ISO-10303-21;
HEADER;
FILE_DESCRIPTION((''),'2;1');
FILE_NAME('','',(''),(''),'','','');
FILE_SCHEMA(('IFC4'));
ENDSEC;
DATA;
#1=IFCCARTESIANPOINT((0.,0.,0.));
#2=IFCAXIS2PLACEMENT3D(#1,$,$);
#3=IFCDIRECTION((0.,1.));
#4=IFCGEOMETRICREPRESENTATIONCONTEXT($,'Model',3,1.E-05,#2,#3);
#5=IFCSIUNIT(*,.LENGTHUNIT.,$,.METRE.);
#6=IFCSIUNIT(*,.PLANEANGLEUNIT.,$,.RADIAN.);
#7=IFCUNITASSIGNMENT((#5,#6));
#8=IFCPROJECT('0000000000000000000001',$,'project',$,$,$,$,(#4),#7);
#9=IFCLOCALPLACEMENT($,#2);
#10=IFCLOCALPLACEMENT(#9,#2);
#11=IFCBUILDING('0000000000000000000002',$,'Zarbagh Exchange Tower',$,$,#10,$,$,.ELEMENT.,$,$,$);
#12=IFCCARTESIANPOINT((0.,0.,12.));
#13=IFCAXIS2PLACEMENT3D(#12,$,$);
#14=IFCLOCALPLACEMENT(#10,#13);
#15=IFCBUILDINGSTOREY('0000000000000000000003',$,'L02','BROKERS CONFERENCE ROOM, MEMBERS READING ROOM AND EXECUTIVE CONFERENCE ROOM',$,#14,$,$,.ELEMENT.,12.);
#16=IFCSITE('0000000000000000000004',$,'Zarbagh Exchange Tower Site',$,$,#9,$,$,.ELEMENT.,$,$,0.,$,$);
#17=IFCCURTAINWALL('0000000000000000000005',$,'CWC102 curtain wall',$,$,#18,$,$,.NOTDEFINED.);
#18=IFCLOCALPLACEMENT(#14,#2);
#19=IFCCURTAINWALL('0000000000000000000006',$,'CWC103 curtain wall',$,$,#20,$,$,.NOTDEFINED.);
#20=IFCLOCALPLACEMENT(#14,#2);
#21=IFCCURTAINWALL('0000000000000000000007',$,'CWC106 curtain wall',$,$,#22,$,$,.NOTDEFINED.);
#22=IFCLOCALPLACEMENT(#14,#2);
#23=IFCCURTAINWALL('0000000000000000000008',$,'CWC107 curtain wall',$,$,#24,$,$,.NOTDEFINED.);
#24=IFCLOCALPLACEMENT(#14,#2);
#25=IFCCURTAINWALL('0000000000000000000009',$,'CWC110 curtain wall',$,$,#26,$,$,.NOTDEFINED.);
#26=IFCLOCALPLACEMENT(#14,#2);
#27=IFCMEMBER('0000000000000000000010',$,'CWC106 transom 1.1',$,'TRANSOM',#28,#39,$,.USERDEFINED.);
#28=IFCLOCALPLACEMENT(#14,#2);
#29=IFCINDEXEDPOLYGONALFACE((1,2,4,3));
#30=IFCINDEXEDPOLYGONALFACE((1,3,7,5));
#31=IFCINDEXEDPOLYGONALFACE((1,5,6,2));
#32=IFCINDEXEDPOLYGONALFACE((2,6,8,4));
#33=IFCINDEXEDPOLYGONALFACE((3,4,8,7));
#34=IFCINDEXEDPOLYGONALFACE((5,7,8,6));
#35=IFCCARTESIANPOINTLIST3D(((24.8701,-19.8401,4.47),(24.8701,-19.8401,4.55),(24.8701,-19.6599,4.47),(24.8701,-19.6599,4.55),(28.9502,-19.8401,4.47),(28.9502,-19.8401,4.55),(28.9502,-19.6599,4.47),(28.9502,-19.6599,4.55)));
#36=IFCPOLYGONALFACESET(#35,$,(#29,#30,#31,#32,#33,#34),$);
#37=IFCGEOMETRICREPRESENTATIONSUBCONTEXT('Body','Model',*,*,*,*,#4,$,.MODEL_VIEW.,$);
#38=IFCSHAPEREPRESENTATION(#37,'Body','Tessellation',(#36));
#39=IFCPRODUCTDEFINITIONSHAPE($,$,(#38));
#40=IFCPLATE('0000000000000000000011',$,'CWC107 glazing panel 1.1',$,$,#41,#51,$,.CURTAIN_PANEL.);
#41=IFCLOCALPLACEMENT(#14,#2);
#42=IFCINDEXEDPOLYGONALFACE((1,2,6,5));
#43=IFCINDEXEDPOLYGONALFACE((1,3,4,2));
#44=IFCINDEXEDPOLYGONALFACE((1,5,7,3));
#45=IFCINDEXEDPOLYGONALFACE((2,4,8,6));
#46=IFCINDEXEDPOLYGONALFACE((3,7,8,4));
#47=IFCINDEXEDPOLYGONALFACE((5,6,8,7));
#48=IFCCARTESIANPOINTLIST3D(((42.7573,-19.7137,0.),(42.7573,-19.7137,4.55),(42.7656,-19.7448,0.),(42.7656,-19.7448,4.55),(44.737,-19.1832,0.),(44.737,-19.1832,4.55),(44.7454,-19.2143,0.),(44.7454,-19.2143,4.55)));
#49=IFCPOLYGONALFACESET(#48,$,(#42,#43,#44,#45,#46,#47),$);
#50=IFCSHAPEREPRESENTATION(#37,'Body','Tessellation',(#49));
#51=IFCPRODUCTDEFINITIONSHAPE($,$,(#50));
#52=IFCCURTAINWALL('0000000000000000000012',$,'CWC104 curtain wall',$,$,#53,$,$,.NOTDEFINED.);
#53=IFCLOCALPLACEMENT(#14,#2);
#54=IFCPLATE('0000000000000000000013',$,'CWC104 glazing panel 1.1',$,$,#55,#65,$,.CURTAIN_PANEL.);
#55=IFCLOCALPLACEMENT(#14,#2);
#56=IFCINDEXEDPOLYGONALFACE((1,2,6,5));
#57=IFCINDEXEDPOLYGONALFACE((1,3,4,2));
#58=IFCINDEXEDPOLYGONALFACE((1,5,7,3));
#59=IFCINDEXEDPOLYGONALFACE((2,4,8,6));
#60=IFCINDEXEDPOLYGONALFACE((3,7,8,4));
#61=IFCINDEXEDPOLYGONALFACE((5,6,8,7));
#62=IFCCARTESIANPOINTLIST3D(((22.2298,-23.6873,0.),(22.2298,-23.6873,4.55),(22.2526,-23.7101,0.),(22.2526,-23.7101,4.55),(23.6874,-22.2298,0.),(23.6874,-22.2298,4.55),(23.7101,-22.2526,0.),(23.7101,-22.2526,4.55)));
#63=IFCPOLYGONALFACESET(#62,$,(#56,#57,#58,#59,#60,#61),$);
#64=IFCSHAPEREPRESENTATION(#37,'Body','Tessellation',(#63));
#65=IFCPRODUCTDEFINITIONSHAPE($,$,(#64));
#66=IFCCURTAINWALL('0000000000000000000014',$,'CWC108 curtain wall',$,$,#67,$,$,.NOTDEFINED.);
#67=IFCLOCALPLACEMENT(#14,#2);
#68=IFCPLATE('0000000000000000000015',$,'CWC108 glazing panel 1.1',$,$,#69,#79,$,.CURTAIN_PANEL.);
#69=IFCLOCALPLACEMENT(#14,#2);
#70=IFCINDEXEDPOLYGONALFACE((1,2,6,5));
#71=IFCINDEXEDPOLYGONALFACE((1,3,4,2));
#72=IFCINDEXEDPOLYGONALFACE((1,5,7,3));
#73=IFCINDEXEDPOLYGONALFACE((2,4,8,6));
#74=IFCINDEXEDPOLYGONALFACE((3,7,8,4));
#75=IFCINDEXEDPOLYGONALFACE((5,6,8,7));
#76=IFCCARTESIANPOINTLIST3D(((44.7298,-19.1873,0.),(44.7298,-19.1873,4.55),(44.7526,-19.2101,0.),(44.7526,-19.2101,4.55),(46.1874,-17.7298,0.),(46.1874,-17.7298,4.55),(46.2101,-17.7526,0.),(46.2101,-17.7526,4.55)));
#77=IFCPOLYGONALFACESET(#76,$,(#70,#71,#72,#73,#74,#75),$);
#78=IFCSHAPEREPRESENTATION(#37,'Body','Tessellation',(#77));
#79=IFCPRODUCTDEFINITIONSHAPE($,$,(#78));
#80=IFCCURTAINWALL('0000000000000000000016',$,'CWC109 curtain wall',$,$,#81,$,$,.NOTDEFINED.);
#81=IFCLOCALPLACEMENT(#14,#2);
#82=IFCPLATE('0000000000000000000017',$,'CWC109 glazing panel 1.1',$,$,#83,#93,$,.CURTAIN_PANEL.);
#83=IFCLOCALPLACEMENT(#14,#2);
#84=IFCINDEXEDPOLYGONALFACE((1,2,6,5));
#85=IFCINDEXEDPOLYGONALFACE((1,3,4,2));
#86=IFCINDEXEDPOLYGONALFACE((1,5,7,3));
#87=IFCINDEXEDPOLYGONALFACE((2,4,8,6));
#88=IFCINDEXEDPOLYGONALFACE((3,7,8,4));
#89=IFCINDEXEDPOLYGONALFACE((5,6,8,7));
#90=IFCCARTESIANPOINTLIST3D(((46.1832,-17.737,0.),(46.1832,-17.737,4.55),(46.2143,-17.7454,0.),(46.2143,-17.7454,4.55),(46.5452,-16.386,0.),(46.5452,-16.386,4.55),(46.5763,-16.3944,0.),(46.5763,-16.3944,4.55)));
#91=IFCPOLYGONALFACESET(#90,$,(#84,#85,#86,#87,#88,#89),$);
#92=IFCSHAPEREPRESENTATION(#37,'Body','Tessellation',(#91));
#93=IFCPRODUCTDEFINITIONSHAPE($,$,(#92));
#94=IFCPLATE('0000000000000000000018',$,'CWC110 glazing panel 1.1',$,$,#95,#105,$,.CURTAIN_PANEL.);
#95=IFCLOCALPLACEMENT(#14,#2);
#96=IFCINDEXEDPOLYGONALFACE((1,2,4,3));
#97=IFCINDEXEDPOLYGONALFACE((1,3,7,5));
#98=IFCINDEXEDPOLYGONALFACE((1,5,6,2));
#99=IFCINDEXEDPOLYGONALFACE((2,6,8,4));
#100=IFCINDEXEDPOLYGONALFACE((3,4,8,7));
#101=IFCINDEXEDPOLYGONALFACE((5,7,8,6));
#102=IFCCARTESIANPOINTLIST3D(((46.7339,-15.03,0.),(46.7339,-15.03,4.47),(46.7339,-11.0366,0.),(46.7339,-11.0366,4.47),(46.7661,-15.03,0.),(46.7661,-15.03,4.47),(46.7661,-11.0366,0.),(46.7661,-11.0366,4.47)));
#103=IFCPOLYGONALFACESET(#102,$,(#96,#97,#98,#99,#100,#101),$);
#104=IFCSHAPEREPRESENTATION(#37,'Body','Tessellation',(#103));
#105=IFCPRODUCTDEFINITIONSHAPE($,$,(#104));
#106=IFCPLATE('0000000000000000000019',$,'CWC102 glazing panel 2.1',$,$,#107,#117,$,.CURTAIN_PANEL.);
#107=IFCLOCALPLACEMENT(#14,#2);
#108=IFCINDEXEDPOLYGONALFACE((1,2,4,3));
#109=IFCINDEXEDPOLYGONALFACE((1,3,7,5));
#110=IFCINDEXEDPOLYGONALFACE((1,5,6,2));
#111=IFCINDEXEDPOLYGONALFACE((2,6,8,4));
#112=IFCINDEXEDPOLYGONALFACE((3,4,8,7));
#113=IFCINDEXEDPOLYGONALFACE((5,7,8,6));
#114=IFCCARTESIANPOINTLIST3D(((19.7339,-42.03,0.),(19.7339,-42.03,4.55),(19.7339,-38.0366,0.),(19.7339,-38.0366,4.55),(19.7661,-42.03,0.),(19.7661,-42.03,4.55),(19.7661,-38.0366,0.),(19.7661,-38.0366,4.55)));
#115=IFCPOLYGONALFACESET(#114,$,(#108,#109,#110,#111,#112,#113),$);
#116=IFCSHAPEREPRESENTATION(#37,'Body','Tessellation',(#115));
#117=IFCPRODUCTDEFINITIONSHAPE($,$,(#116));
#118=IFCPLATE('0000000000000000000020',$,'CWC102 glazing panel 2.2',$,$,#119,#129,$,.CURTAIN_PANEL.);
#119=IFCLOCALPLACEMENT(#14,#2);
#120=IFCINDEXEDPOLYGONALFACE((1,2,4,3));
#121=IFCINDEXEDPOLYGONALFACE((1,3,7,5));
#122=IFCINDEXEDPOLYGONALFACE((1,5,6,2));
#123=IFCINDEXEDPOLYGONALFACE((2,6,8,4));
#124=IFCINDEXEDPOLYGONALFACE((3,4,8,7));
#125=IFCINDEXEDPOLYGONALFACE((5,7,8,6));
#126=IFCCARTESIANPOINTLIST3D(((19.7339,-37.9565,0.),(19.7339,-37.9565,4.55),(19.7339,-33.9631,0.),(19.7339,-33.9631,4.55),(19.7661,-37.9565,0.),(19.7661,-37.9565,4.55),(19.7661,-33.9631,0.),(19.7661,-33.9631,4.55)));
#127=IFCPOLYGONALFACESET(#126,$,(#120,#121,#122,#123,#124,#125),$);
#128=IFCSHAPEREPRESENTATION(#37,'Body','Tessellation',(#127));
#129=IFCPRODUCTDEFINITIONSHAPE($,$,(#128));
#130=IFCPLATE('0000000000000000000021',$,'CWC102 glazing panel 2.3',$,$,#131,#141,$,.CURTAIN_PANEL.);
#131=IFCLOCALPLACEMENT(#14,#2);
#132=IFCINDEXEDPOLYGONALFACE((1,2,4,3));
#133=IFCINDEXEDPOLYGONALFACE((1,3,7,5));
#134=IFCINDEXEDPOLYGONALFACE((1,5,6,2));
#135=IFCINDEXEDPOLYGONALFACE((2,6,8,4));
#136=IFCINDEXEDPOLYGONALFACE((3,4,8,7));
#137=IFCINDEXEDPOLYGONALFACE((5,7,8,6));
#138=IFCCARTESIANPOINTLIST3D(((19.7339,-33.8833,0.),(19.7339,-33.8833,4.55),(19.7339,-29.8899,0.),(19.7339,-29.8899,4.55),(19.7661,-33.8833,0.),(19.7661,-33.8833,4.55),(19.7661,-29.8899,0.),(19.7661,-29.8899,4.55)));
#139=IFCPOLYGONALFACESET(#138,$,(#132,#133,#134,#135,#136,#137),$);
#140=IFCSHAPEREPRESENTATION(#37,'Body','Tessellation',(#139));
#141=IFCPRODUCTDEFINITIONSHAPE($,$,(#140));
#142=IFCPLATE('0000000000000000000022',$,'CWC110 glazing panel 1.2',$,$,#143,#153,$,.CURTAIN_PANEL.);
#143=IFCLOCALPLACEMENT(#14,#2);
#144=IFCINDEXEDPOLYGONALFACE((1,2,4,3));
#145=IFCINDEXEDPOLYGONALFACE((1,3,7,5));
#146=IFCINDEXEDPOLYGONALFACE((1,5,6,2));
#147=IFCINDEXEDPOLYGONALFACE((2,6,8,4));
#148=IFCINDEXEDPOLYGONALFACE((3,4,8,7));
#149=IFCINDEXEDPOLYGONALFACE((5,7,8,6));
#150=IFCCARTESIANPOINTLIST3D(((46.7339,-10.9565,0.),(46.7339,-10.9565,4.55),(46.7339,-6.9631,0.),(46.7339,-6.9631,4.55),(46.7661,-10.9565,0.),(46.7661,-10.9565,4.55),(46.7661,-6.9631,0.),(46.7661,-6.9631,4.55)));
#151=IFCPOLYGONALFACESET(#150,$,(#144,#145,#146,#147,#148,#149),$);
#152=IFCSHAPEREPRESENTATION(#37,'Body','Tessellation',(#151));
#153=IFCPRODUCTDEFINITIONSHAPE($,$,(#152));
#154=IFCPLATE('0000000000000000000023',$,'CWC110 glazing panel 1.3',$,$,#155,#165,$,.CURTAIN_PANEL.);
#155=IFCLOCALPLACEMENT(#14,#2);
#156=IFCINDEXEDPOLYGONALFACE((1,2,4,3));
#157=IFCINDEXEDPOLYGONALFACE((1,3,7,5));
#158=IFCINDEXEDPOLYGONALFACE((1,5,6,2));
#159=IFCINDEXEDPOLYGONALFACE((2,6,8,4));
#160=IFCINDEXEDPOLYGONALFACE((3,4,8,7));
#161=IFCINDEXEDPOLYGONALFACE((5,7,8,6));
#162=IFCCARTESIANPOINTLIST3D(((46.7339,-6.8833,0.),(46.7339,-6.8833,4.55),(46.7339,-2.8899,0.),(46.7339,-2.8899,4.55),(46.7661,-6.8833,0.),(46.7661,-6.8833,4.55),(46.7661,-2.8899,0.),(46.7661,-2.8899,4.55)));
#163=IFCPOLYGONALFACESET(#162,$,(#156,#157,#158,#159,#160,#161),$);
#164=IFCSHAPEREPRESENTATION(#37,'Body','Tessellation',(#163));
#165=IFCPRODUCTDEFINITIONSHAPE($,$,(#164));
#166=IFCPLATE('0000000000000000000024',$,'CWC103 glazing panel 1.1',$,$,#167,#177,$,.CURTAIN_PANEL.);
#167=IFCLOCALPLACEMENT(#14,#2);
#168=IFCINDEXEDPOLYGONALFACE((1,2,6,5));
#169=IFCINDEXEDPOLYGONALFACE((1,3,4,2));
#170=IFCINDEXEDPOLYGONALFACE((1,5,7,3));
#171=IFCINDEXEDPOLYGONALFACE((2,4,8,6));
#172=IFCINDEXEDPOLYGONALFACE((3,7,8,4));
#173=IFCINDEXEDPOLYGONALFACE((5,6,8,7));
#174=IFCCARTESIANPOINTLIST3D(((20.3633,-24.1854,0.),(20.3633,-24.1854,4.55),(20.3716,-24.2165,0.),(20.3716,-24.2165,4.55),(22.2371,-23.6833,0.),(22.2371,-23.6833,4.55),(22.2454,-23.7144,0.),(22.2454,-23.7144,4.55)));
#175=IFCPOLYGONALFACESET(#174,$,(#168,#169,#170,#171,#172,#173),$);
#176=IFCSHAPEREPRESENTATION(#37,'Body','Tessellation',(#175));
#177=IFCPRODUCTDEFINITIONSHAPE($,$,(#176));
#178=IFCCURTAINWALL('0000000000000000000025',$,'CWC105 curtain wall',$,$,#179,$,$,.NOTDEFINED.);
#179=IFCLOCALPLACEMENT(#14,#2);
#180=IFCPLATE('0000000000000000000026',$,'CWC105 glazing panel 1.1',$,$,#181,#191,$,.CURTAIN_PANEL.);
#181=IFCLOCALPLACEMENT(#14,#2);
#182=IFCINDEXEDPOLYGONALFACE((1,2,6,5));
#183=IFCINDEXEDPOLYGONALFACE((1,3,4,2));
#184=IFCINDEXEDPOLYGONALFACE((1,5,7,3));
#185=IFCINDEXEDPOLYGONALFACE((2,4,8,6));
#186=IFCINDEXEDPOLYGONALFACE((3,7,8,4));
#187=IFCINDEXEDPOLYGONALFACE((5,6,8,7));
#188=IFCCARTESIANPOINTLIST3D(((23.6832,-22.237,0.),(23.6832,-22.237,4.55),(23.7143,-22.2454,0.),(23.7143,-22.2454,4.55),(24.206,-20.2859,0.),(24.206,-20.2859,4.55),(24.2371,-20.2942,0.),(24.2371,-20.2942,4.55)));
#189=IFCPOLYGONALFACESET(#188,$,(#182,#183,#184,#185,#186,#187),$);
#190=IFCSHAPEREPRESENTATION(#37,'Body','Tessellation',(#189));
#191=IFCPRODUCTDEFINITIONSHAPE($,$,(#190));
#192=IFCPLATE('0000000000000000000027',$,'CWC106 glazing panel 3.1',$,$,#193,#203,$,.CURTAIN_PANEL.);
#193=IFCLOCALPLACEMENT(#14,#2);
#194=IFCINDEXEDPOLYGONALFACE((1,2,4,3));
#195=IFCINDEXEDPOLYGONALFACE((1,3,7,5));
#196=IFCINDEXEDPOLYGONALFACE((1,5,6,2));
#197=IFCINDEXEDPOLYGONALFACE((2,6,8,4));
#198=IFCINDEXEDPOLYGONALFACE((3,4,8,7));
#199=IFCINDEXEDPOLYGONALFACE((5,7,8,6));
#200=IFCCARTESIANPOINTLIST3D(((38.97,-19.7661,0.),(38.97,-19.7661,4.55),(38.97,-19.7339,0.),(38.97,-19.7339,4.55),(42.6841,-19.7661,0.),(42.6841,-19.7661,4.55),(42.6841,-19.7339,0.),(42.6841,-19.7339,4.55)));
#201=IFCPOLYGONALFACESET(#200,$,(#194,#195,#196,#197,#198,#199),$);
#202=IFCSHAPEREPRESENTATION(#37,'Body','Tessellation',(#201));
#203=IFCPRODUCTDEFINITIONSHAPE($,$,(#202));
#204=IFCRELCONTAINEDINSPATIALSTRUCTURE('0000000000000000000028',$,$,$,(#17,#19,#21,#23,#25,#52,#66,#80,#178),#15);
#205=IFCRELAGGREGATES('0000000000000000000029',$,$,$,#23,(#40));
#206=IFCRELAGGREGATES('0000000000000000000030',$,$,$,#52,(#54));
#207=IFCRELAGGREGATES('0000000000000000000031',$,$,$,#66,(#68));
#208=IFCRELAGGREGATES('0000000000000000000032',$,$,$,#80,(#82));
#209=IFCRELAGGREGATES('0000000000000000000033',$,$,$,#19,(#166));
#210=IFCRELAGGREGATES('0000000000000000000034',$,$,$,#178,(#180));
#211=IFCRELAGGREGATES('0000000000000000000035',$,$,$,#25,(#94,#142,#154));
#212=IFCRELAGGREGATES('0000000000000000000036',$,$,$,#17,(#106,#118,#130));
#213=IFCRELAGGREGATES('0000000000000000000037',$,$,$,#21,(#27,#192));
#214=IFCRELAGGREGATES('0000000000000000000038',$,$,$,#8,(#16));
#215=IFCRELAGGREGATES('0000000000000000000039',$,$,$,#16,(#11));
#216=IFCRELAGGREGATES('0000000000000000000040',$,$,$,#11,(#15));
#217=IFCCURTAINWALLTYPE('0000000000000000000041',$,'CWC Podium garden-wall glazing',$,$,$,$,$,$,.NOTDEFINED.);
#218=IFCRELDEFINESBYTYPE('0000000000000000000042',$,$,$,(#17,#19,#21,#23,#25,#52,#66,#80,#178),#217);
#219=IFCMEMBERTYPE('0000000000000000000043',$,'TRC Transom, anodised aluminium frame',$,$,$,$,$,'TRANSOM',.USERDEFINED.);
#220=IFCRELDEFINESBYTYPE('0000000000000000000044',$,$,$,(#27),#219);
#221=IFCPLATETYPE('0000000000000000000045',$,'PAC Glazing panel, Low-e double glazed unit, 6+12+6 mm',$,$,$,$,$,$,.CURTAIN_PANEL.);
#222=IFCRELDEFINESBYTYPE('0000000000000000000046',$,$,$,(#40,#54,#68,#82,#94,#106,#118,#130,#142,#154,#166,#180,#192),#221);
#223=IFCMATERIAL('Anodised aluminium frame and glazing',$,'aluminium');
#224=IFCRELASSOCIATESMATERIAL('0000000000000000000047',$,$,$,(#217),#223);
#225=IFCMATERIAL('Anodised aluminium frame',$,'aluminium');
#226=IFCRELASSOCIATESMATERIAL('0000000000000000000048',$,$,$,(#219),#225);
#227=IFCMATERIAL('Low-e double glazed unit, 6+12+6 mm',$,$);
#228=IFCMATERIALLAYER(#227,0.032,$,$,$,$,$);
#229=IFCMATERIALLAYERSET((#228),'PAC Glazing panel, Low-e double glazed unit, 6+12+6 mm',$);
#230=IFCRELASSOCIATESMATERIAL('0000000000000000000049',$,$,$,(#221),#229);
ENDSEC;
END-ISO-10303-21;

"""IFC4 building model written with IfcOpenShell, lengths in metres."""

from ifc_helpers import new_model, si_unit, direction, frame, origin, place, context, subcontext, project, spatial, polyline, outline, extrude, source, transform, mapped, material, layer, layer_set, type_object, element, aggregate, save


model = new_model("IFC4")

# Units and contexts
model_context = context("Model", 3, precision=1e-05, world=origin(), true_north=direction((0.0, 1.0)))
body_context = subcontext(model_context, "Body", "Model", "MODEL_VIEW")
ifc_project = project(units=[si_unit("LENGTHUNIT", "METRE"), si_unit("PLANEANGLEUNIT", "RADIAN")], contexts=[model_context])

# Site, building, storey
site_placement = place(None, origin())
site = spatial("IfcSite", under=ifc_project, at=site_placement, Name="Zarbagh Exchange Tower Site", CompositionType="ELEMENT", RefElevation=0.0)
building_placement = place(site_placement, origin())
building = spatial("IfcBuilding", under=site, at=building_placement, Name="Zarbagh Exchange Tower", CompositionType="ELEMENT")
storey_placement = place(building_placement, frame((0.0, 0.0, 12.0)))
storey = spatial("IfcBuildingStorey", under=building, at=storey_placement, Name="L02", Description="BROKERS CONFERENCE ROOM, MEMBERS READING ROOM AND EXECUTIVE CONFERENCE ROOM", CompositionType="ELEMENT", Elevation=12.0)

# Curtain wall
ifc_material_1 = material(Name="Anodised aluminium frame and glazing", Category="aluminium")
curtain_wall_type = type_object("IfcCurtainWallType", Name="CWC Podium garden-wall glazing", PredefinedType="NOTDEFINED", material=ifc_material_1)
curtain_wall_1_placement = place(storey_placement, origin())
curtain_wall_1 = element("IfcCurtainWall", 1, at=curtain_wall_1_placement, inside=storey, type_object=curtain_wall_type, Name="CWC102 curtain wall", PredefinedType="NOTDEFINED")
ifc_material_2 = material(Name="Anodised aluminium frame", Category="aluminium")
placement = place(storey_placement, origin())

# Curtain wall
curtain_wall_2_placement = place(storey_placement, origin())
curtain_wall_2 = element("IfcCurtainWall", 2, at=curtain_wall_2_placement, inside=storey, type_object=curtain_wall_type, Name="CWC103 curtain wall", PredefinedType="NOTDEFINED")

# Curtain wall
curtain_wall_3_placement = place(storey_placement, origin())
curtain_wall_3 = element("IfcCurtainWall", 3, at=curtain_wall_3_placement, inside=storey, type_object=curtain_wall_type, Name="CWC106 curtain wall", PredefinedType="NOTDEFINED")

# Curtain wall
curtain_wall_4_placement = place(storey_placement, origin())
curtain_wall_4 = element("IfcCurtainWall", 4, at=curtain_wall_4_placement, inside=storey, type_object=curtain_wall_type, Name="CWC107 curtain wall", PredefinedType="NOTDEFINED")

# Curtain wall
curtain_wall_5_placement = place(storey_placement, origin())
curtain_wall_5 = element("IfcCurtainWall", 5, at=curtain_wall_5_placement, inside=storey, type_object=curtain_wall_type, Name="CWC110 curtain wall", PredefinedType="NOTDEFINED")
member_type_1 = type_object("IfcMemberType", Name="TRC Transom, anodised aluminium frame", ElementType="TRANSOM", PredefinedType="USERDEFINED", material=ifc_material_2)

# Member
shared_shape_1 = source(origin(), body_context, "Body", "SweptSolid", [
    extrude(outline(polyline([(-0.0801, -0.0901), (0.0, -0.0901), (0.0, 0.0901), (-0.0801, 0.0901), (-0.0801, -0.0901)])), origin(), (0.0, 0.0, 1.0), 4.0801),
])
member_1 = element("IfcMember", 6, at=placement, type_object=member_type_1, Name="CWC106 transom 1.1", ObjectType="TRANSOM", PredefinedType="USERDEFINED", context=body_context, shape_type="MappedRepresentation", body=[
    mapped(shared_shape_1, transform((24.8701, -19.75, 4.55), x_axis=(0.0, 0.0, 1.0), y_axis=(0.0, -1.0, 0.0), z_axis=(1.0, 0.0, 0.0))),
])

# Plate
ifc_material_3 = material(Name="Low-e double glazed unit, 6+12+6 mm")
ifc_layer = layer(ifc_material_3, 0.032)
ifc_layer_set = layer_set([ifc_layer], Name="PAC Glazing panel, Low-e double glazed unit, 6+12+6 mm")
plate_type = type_object("IfcPlateType", Name="PAC Glazing panel, Low-e double glazed unit, 6+12+6 mm", PredefinedType="CURTAIN_PANEL", material=ifc_layer_set)
shared_shape_2 = source(origin(), body_context, "Body", "SweptSolid", [
    extrude(outline(polyline([(0.0, -0.0161), (2.0496, -0.0161), (2.0496, 0.0161), (0.0, 0.0161), (0.0, -0.0161)])), origin(), (0.0, 0.0, 1.0), 4.55),
])
plate_1 = element("IfcPlate", 7, at=placement, type_object=plate_type, Name="CWC107 glazing panel 1.1", PredefinedType="CURTAIN_PANEL", context=body_context, shape_type="MappedRepresentation", body=[
    mapped(shared_shape_2, transform((42.7615, -19.7292, 0.0), x_axis=(0.965924, 0.258825, 0.0), y_axis=(-0.258825, 0.965924, 0.0), z_axis=(0.0, 0.0, 1.0))),
])
aggregate(curtain_wall_4, [plate_1])

# Curtain walls, plates
curtain_wall_6_placement = place(storey_placement, origin())
curtain_wall_6 = element("IfcCurtainWall", 8, at=curtain_wall_6_placement, inside=storey, type_object=curtain_wall_type, Name="CWC104 curtain wall", PredefinedType="NOTDEFINED")
shared_shape_3 = source(origin(), body_context, "Body", "SweptSolid", [
    extrude(outline(polyline([(0.0, -0.0161), (2.0613, -0.0161), (2.0613, 0.0161), (0.0, 0.0161), (0.0, -0.0161)])), origin(), (0.0, 0.0, 1.0), 4.55),
])
plate_2 = element("IfcPlate", 9, at=placement, type_object=plate_type, Name="CWC104 glazing panel 1.1", PredefinedType="CURTAIN_PANEL", context=body_context, shape_type="MappedRepresentation", body=[
    mapped(shared_shape_3, transform((22.2412, -23.6987, 0.0), x_axis=(0.707107, 0.707107, 0.0), y_axis=(-0.707107, 0.707107, 0.0), z_axis=(0.0, 0.0, 1.0))),
])
aggregate(curtain_wall_6, [plate_2])
curtain_wall_7_placement = place(storey_placement, origin())
curtain_wall_7 = element("IfcCurtainWall", 10, at=curtain_wall_7_placement, inside=storey, type_object=curtain_wall_type, Name="CWC108 curtain wall", PredefinedType="NOTDEFINED")
plate_3 = element("IfcPlate", 11, at=placement, type_object=plate_type, Name="CWC108 glazing panel 1.1", PredefinedType="CURTAIN_PANEL", context=body_context, shape_type="MappedRepresentation", body=[
    mapped(shared_shape_3, transform((44.7412, -19.1987, 0.0), x_axis=(0.707107, 0.707107, 0.0), y_axis=(-0.707107, 0.707107, 0.0), z_axis=(0.0, 0.0, 1.0))),
])
aggregate(curtain_wall_7, [plate_3])
curtain_wall_8_placement = place(storey_placement, origin())
curtain_wall_8 = element("IfcCurtainWall", 12, at=curtain_wall_8_placement, inside=storey, type_object=curtain_wall_type, Name="CWC109 curtain wall", PredefinedType="NOTDEFINED")
shared_shape_4 = source(origin(), body_context, "Body", "SweptSolid", [
    extrude(outline(polyline([(0.0, -0.0161), (1.3987, -0.0161), (1.3987, 0.0161), (0.0, 0.0161), (0.0, -0.0161)])), origin(), (0.0, 0.0, 1.0), 4.55),
])
plate_4 = element("IfcPlate", 13, at=placement, type_object=plate_type, Name="CWC109 glazing panel 1.1", PredefinedType="CURTAIN_PANEL", context=body_context, shape_type="MappedRepresentation", body=[
    mapped(shared_shape_4, transform((46.1987, -17.7412, 0.0), x_axis=(0.258825, 0.965924, 0.0), y_axis=(-0.965924, 0.258825, 0.0), z_axis=(0.0, 0.0, 1.0))),
])
aggregate(curtain_wall_8, [plate_4])

# Plates
shared_shape_5 = source(origin(), body_context, "Body", "SweptSolid", [
    extrude(outline(polyline([(0.0, -0.0161), (3.9934, -0.0161), (3.9934, 0.0161), (0.0, 0.0161), (0.0, -0.0161)])), origin(), (0.0, 0.0, 1.0), 4.47),
])
plate_5 = element("IfcPlate", 14, at=placement, type_object=plate_type, Name="CWC110 glazing panel 1.1", PredefinedType="CURTAIN_PANEL", context=body_context, shape_type="MappedRepresentation", body=[
    mapped(shared_shape_5, transform((46.75, -15.03, 0.0), x_axis=(0.0, 1.0, 0.0), y_axis=(-1.0, 0.0, 0.0), z_axis=(0.0, 0.0, 1.0))),
])
shared_shape_6 = source(origin(), body_context, "Body", "SweptSolid", [
    extrude(outline(polyline([(0.0, -0.0161), (3.9934, -0.0161), (3.9934, 0.0161), (0.0, 0.0161), (0.0, -0.0161)])), origin(), (0.0, 0.0, 1.0), 4.55),
])
plate_6 = element("IfcPlate", 15, at=placement, type_object=plate_type, Name="CWC102 glazing panel 2.1", PredefinedType="CURTAIN_PANEL", context=body_context, shape_type="MappedRepresentation", body=[
    mapped(shared_shape_6, transform((19.75, -42.03, 0.0), x_axis=(0.0, 1.0, 0.0), y_axis=(-1.0, 0.0, 0.0), z_axis=(0.0, 0.0, 1.0))),
])
plate_7 = element("IfcPlate", 16, at=placement, type_object=plate_type, Name="CWC102 glazing panel 2.2", PredefinedType="CURTAIN_PANEL", context=body_context, shape_type="MappedRepresentation", body=[
    mapped(shared_shape_6, transform((19.75, -37.9565, 0.0), x_axis=(0.0, 1.0, 0.0), y_axis=(-1.0, 0.0, 0.0), z_axis=(0.0, 0.0, 1.0))),
])
plate_8 = element("IfcPlate", 17, at=placement, type_object=plate_type, Name="CWC102 glazing panel 2.3", PredefinedType="CURTAIN_PANEL", context=body_context, shape_type="MappedRepresentation", body=[
    mapped(shared_shape_6, transform((19.75, -33.8833, 0.0), x_axis=(0.0, 1.0, 0.0), y_axis=(-1.0, 0.0, 0.0), z_axis=(0.0, 0.0, 1.0))),
])
plate_9 = element("IfcPlate", 18, at=placement, type_object=plate_type, Name="CWC110 glazing panel 1.2", PredefinedType="CURTAIN_PANEL", context=body_context, shape_type="MappedRepresentation", body=[
    mapped(shared_shape_6, transform((46.75, -10.9565, 0.0), x_axis=(0.0, 1.0, 0.0), y_axis=(-1.0, 0.0, 0.0), z_axis=(0.0, 0.0, 1.0))),
])
plate_10 = element("IfcPlate", 19, at=placement, type_object=plate_type, Name="CWC110 glazing panel 1.3", PredefinedType="CURTAIN_PANEL", context=body_context, shape_type="MappedRepresentation", body=[
    mapped(shared_shape_6, transform((46.75, -6.8833, 0.0), x_axis=(0.0, 1.0, 0.0), y_axis=(-1.0, 0.0, 0.0), z_axis=(0.0, 0.0, 1.0))),
])
shared_shape_7 = source(origin(), body_context, "Body", "SweptSolid", [
    extrude(outline(polyline([(0.0, -0.0161), (1.9399, -0.0161), (1.9399, 0.0161), (0.0, 0.0161), (0.0, -0.0161)])), origin(), (0.0, 0.0, 1.0), 4.55),
])
plate_11 = element("IfcPlate", 20, at=placement, type_object=plate_type, Name="CWC103 glazing panel 1.1", PredefinedType="CURTAIN_PANEL", context=body_context, shape_type="MappedRepresentation", body=[
    mapped(shared_shape_7, transform((20.3674, -24.2009, 0.0), x_axis=(0.965924, 0.258825, 0.0), y_axis=(-0.258825, 0.965924, 0.0), z_axis=(0.0, 0.0, 1.0))),
])
aggregate(curtain_wall_2, [plate_11])

# Curtain wall, plate
curtain_wall_9_placement = place(storey_placement, origin())
curtain_wall_9 = element("IfcCurtainWall", 21, at=curtain_wall_9_placement, inside=storey, type_object=curtain_wall_type, Name="CWC105 curtain wall", PredefinedType="NOTDEFINED")
shared_shape_8 = source(origin(), body_context, "Body", "SweptSolid", [
    extrude(outline(polyline([(0.0, -0.0161), (2.02, -0.0161), (2.02, 0.0161), (0.0, 0.0161), (0.0, -0.0161)])), origin(), (0.0, 0.0, 1.0), 4.55),
])
plate_12 = element("IfcPlate", 22, at=placement, type_object=plate_type, Name="CWC105 glazing panel 1.1", PredefinedType="CURTAIN_PANEL", context=body_context, shape_type="MappedRepresentation", body=[
    mapped(shared_shape_8, transform((23.6987, -22.2412, 0.0), x_axis=(0.258825, 0.965924, 0.0), y_axis=(-0.965924, 0.258825, 0.0), z_axis=(0.0, 0.0, 1.0))),
])
aggregate(curtain_wall_9, [plate_12])

# Plate
shared_shape_9 = source(origin(), body_context, "Body", "SweptSolid", [
    extrude(outline(polyline([(0.0, -0.0161), (3.7141, -0.0161), (3.7141, 0.0161), (0.0, 0.0161), (0.0, -0.0161)])), origin(), (0.0, 0.0, 1.0), 4.55),
])
plate_13 = element("IfcPlate", 23, at=placement, type_object=plate_type, Name="CWC106 glazing panel 3.1", PredefinedType="CURTAIN_PANEL", context=body_context, shape_type="MappedRepresentation", body=[
    mapped(shared_shape_9, transform((38.97, -19.75, 0.0), x_axis=(1.0, 0.0, 0.0), y_axis=(0.0, 1.0, 0.0), z_axis=(0.0, 0.0, 1.0))),
])
aggregate(curtain_wall_5, [plate_5, plate_9, plate_10])
aggregate(curtain_wall_1, [plate_6, plate_7, plate_8])
aggregate(curtain_wall_3, [member_1, plate_13])

save(model, "model.ifc")
